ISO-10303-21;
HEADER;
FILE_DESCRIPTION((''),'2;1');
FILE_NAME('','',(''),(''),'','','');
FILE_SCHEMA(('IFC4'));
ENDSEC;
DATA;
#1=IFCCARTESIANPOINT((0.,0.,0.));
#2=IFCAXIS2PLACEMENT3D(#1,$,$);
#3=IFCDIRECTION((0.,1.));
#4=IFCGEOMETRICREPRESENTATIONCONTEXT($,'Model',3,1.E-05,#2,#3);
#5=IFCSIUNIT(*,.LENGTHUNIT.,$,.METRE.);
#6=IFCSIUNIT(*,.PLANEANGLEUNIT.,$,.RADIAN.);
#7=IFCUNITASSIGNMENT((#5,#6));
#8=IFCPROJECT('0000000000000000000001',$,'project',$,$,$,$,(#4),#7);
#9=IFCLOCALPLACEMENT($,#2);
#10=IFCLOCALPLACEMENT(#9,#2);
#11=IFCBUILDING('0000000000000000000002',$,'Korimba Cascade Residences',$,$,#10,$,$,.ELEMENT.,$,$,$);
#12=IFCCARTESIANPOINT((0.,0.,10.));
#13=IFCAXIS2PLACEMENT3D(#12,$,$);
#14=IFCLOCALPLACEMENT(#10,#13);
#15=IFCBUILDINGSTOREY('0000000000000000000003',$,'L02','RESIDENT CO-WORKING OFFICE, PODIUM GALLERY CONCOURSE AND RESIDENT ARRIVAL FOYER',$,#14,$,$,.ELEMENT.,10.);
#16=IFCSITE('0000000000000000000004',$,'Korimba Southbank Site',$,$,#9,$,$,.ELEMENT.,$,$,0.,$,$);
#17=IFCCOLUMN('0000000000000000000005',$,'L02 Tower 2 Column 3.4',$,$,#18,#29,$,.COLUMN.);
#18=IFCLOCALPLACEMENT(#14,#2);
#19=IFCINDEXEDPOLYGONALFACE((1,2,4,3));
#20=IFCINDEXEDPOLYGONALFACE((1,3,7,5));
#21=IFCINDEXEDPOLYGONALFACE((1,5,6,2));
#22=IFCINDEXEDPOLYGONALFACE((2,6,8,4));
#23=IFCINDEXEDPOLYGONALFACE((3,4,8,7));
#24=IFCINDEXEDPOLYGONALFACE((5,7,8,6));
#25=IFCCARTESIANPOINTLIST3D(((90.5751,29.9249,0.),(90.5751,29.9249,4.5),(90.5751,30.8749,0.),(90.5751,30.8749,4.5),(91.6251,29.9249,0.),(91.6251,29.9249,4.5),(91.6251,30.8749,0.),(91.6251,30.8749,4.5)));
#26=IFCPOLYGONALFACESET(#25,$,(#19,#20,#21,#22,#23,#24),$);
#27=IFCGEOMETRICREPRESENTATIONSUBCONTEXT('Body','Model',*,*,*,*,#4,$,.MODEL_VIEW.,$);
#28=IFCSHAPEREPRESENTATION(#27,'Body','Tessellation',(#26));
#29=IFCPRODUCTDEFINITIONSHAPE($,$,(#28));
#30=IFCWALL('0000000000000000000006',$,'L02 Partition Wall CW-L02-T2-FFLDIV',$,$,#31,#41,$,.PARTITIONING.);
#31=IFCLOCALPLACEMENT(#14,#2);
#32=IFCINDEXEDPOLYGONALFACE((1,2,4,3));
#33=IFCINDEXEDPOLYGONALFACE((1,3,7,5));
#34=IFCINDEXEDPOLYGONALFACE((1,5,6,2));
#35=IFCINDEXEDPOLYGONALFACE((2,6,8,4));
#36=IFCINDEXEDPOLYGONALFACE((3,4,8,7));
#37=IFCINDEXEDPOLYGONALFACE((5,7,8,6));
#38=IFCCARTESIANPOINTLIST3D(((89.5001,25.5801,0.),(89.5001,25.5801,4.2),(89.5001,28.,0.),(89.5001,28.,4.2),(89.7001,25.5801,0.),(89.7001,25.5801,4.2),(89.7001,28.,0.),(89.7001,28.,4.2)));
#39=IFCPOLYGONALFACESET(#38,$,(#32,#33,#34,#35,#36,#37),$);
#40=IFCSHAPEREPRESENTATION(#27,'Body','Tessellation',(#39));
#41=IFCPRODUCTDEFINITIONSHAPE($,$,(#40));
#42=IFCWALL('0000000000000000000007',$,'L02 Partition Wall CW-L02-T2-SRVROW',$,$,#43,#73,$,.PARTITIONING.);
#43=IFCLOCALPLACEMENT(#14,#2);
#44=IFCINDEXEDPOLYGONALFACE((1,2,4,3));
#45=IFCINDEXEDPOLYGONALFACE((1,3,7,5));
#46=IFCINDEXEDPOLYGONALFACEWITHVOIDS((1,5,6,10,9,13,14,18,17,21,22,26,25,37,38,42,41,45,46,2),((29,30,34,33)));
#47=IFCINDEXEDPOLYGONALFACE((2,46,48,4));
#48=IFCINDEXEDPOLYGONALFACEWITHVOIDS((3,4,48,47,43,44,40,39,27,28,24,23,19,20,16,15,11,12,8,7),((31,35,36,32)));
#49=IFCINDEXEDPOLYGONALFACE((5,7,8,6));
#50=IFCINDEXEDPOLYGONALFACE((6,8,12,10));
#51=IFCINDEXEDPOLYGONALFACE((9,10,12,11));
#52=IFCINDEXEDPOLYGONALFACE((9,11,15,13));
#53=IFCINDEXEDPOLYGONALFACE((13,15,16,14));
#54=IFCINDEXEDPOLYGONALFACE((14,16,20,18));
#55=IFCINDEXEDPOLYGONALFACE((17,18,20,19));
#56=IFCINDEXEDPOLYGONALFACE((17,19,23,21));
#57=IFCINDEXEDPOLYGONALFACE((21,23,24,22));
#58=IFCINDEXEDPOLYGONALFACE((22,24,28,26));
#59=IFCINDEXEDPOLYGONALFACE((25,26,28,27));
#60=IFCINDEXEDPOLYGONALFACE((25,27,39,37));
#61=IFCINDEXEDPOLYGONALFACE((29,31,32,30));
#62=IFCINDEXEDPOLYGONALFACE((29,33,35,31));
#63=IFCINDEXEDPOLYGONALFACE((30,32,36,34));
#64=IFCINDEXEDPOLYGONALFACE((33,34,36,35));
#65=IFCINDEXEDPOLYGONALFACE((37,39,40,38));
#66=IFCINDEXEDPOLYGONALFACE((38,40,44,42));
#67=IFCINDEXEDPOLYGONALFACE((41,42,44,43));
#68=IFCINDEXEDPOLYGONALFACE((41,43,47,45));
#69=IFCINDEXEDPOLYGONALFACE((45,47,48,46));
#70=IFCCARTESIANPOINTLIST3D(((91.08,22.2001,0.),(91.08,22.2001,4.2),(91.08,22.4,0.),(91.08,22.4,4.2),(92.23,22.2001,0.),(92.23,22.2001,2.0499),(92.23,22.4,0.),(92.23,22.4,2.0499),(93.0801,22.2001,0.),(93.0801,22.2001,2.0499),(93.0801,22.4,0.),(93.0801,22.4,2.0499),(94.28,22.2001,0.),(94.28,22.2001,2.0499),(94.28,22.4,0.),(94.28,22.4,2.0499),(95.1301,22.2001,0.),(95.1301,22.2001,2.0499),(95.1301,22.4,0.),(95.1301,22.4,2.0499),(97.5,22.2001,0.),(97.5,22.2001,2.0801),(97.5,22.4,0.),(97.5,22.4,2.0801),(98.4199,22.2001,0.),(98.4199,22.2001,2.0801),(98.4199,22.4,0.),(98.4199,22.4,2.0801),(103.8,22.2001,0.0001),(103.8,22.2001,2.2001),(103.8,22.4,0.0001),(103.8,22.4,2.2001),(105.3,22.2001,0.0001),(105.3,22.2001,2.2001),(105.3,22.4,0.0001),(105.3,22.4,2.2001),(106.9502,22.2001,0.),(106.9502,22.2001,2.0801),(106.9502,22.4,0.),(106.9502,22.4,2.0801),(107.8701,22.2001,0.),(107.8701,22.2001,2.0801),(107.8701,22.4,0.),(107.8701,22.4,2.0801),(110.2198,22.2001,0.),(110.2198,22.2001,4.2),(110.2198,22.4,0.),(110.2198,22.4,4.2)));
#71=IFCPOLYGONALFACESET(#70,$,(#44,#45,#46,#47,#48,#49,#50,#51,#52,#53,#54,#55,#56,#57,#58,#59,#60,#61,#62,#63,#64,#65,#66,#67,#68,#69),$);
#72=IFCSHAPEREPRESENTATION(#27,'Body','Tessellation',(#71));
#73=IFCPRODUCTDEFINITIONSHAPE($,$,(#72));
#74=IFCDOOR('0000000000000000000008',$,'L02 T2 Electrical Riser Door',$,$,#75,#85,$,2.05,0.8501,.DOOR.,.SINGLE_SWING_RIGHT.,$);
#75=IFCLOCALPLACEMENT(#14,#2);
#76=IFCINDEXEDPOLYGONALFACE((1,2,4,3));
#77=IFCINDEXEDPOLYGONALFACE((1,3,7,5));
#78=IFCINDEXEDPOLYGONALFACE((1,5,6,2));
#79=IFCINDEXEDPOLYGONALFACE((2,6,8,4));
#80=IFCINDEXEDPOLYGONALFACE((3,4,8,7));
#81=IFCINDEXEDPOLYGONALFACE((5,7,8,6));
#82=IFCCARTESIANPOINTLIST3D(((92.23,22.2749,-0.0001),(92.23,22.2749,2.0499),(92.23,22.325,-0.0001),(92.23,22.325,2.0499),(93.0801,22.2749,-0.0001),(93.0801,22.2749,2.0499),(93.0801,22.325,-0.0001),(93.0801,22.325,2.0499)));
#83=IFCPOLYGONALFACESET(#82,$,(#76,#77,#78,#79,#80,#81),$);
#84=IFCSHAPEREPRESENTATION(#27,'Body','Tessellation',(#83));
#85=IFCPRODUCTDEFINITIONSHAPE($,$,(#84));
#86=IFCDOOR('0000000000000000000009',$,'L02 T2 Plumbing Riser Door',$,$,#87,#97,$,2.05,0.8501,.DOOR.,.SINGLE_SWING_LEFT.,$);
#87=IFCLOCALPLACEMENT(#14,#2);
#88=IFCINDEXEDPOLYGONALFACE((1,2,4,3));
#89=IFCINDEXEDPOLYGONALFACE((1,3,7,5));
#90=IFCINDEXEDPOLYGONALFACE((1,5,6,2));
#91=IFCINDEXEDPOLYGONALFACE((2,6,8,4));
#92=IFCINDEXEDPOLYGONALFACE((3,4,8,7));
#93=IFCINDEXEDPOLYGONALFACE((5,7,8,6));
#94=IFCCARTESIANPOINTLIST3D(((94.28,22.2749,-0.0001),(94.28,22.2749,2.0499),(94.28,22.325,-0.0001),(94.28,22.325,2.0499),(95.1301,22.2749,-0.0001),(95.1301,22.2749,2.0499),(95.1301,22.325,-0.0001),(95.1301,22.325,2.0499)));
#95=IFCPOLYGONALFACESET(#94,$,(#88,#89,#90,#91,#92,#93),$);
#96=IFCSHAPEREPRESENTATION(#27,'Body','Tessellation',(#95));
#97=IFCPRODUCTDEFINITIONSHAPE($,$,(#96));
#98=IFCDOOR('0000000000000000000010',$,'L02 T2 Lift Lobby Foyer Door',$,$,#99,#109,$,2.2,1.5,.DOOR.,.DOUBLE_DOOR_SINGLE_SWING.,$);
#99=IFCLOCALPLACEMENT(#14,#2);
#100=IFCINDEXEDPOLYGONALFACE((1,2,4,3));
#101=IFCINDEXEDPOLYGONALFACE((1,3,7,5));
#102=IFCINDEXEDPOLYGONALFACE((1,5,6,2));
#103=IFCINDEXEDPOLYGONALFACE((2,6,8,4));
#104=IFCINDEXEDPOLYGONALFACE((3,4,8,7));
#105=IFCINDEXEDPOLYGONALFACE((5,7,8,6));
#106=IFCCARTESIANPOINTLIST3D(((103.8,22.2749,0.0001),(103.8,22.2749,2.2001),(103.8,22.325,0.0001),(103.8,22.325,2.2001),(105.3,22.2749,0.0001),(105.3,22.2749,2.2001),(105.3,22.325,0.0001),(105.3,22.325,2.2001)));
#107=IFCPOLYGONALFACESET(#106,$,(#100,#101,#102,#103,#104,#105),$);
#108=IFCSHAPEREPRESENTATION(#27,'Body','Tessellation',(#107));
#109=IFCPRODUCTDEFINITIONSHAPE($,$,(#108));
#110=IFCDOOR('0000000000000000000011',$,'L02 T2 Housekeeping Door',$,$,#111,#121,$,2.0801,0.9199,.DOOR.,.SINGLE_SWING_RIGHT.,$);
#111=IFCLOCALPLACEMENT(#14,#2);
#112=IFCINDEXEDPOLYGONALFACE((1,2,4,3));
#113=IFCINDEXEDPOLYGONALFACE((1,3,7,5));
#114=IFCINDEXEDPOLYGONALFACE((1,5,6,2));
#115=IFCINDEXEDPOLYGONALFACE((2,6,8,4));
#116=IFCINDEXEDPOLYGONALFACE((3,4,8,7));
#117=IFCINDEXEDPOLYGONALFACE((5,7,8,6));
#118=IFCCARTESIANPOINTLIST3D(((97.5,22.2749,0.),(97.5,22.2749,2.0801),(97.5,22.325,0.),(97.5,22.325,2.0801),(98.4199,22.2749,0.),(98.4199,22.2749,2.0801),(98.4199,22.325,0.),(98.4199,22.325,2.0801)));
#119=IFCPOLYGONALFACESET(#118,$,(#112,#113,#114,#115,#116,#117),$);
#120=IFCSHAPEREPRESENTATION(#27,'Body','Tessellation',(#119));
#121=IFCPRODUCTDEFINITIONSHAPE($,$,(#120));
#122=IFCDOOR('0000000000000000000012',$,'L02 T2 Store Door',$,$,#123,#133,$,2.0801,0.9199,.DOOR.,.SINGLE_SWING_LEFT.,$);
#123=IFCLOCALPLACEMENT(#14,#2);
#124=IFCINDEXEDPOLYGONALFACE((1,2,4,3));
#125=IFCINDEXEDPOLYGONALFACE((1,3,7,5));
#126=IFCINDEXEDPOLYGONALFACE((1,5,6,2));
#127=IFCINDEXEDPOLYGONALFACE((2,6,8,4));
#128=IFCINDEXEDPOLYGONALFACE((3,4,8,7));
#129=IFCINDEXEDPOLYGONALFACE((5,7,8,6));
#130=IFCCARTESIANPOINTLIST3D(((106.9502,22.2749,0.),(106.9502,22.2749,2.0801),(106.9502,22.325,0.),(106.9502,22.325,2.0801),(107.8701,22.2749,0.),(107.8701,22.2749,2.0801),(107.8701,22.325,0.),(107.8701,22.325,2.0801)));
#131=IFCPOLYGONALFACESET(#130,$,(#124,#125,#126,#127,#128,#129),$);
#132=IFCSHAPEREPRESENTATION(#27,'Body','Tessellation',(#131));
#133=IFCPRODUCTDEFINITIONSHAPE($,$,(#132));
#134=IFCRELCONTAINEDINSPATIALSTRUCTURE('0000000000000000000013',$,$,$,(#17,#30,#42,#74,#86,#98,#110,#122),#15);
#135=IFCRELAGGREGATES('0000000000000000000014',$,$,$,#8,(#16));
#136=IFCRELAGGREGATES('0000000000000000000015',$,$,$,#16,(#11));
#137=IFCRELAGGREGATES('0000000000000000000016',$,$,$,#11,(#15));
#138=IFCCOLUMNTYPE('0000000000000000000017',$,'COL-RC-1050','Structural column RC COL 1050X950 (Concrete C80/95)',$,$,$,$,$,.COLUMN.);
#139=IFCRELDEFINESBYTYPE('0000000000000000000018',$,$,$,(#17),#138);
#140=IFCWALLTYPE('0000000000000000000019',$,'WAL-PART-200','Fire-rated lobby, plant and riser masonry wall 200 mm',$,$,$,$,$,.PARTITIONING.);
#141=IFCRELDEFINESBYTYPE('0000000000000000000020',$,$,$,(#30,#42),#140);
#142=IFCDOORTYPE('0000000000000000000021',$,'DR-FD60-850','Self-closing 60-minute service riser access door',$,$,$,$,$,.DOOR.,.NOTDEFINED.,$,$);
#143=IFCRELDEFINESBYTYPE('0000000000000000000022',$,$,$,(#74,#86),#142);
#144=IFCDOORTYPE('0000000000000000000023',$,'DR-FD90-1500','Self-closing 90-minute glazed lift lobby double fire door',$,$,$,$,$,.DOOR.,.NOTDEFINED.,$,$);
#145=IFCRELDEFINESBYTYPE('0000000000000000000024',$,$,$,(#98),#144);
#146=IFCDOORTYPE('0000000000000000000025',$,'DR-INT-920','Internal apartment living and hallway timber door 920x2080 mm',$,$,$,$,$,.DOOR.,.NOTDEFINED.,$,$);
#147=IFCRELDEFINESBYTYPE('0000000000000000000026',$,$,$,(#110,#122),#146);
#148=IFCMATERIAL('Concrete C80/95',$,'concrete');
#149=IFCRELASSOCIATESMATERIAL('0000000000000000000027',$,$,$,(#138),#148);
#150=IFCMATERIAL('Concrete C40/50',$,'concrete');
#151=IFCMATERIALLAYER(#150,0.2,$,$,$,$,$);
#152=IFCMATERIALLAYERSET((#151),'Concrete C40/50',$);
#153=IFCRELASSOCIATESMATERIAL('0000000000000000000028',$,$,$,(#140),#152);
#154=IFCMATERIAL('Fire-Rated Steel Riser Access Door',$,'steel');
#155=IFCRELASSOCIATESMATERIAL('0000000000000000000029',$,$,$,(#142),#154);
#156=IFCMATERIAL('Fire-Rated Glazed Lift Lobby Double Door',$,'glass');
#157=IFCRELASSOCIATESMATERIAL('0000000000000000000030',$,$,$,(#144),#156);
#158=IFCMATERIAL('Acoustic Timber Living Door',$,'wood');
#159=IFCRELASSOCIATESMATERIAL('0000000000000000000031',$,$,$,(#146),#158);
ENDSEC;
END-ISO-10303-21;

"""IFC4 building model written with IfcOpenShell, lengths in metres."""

from ifc_helpers import new_model, si_unit, direction, frame, frame_2d, origin, origin_2d, place, context, subcontext, project, spatial, rectangle, extrude, material, layer, layer_set, material_profile, profile_set, type_object, element, fill, save


model = new_model("IFC4")

# Units and contexts
model_context = context("Model", 3, precision=1e-05, world=origin(), true_north=direction((0.0, 1.0)))
body_context = subcontext(model_context, "Body", "Model", "MODEL_VIEW")
ifc_project = project(units=[si_unit("LENGTHUNIT", "METRE"), si_unit("PLANEANGLEUNIT", "RADIAN")], contexts=[model_context])

# Site, building, storey
site_placement = place(None, origin())
site = spatial("IfcSite", under=ifc_project, at=site_placement, Name="Korimba Southbank Site", CompositionType="ELEMENT", RefElevation=0.0)
building_placement = place(site_placement, origin())
building = spatial("IfcBuilding", under=site, at=building_placement, Name="Korimba Cascade Residences", CompositionType="ELEMENT")
storey_placement = place(building_placement, frame((0.0, 0.0, 10.0)))
storey = spatial("IfcBuildingStorey", under=building, at=storey_placement, Name="L02", Description="RESIDENT CO-WORKING OFFICE, PODIUM GALLERY CONCOURSE AND RESIDENT ARRIVAL FOYER", CompositionType="ELEMENT", Elevation=10.0)

# Column
ifc_material_1 = material(Name="Concrete C80/95", Category="concrete")
ifc_material_profile = material_profile(ifc_material_1, rectangle(XDim=1.05, YDim=0.95, at=origin_2d()), Name="Concrete C80/95")
ifc_profile_set = profile_set([ifc_material_profile], Name="Concrete C80/95")
column_type = type_object("IfcColumnType", Name="COL-RC-1050", Description="Structural column RC COL 1050X950 (Concrete C80/95)", PredefinedType="COLUMN", material=ifc_profile_set)
column_placement = place(storey_placement, frame((91.1001, 30.3999, 0.0), z_axis=(0.0, 0.0, 1.0), x_axis=(1.0, 0.0, 0.0)))
element("IfcColumn", 1, at=column_placement, inside=storey, type_object=column_type, Name="L02 Tower 2 Column 3.4", PredefinedType="COLUMN", context=body_context, shape_type="SweptSolid", body=[
    extrude(rectangle(XDim=1.05, YDim=0.95, at=origin_2d()), origin(), (0.0, 0.0, 1.0), 4.5),
])

# Wall
ifc_material_2 = material(Name="Concrete C40/50", Category="concrete")
ifc_layer_1 = layer(ifc_material_2, 0.2)
ifc_layer_set_1 = layer_set([ifc_layer_1], Name="Concrete C40/50")
wall_type_1 = type_object("IfcWallType", Name="WAL-PART-200", Description="Fire-rated lobby, plant and riser masonry wall 200 mm", PredefinedType="PARTITIONING", material=ifc_layer_set_1)
wall_1_placement = place(storey_placement, frame((89.6001, 25.5801, 0.0), z_axis=(0.0, 0.0, 1.0), x_axis=(0.0, 1.0, 0.0)))
element("IfcWall", 2, at=wall_1_placement, inside=storey, type_object=wall_type_1, Name="L02 Partition Wall CW-L02-T2-FFLDIV", PredefinedType="PARTITIONING", context=body_context, shape_type="SweptSolid", body=[
    extrude(rectangle(XDim=2.4199, YDim=0.2, at=frame_2d((1.21, 0.0))), origin(), (0.0, 0.0, 1.0), 4.2),
])

# Wall, openings, doors
wall_2_placement = place(storey_placement, frame((91.0801, 22.3, 0.0), z_axis=(0.0, 0.0, 1.0), x_axis=(1.0, 0.0, 0.0)))
wall_2 = element("IfcWall", 3, at=wall_2_placement, inside=storey, type_object=wall_type_1, Name="L02 Partition Wall CW-L02-T2-SRVROW", PredefinedType="PARTITIONING", context=body_context, shape_type="SweptSolid", body=[
    extrude(rectangle(XDim=19.1399, YDim=0.2, at=frame_2d((9.5698, 0.0))), origin(), (0.0, 0.0, 1.0), 4.2),
])
opening_1_placement = place(wall_2_placement, frame((1.1499, 0.0, 0.0)))
opening_1 = element("IfcOpeningElement", 4, at=opening_1_placement, cuts=wall_2, PredefinedType="OPENING", context=body_context, shape_type="SweptSolid", body=[
    extrude(rectangle(XDim=0.8501, YDim=2.05, at=frame_2d((0.425, 1.0249))), frame((0.0, 0.1099, 0.0), z_axis=(0.0, -1.0, 0.0), x_axis=(1.0, 0.0, 0.0)), (0.0, 0.0, 1.0), 0.22),
])
opening_2_placement = place(wall_2_placement, frame((3.2, 0.0, 0.0)))
opening_2 = element("IfcOpeningElement", 5, at=opening_2_placement, cuts=wall_2, PredefinedType="OPENING", context=body_context, shape_type="SweptSolid", body=[
    extrude(rectangle(XDim=0.8501, YDim=2.05, at=frame_2d((0.425, 1.0249))), frame((0.0, 0.1099, 0.0), z_axis=(0.0, -1.0, 0.0), x_axis=(1.0, 0.0, 0.0)), (0.0, 0.0, 1.0), 0.22),
])
opening_3_placement = place(wall_2_placement, frame((12.72, 0.0, 0.0)))
opening_3 = element("IfcOpeningElement", 6, at=opening_3_placement, cuts=wall_2, PredefinedType="OPENING", context=body_context, shape_type="SweptSolid", body=[
    extrude(rectangle(XDim=1.5, YDim=2.2, at=frame_2d((0.75, 1.1001))), frame((0.0, 0.1099, 0.0), z_axis=(0.0, -1.0, 0.0), x_axis=(1.0, 0.0, 0.0)), (0.0, 0.0, 1.0), 0.22),
])
opening_4_placement = place(wall_2_placement, frame((6.4199, 0.0, 0.0)))
opening_4 = element("IfcOpeningElement", 7, at=opening_4_placement, cuts=wall_2, PredefinedType="OPENING", context=body_context, shape_type="SweptSolid", body=[
    extrude(rectangle(XDim=0.9199, YDim=2.0801, at=frame_2d((0.46, 1.04))), frame((0.0, 0.1099, 0.0), z_axis=(0.0, -1.0, 0.0), x_axis=(1.0, 0.0, 0.0)), (0.0, 0.0, 1.0), 0.22),
])
opening_5_placement = place(wall_2_placement, frame((15.8701, 0.0, 0.0)))
opening_5 = element("IfcOpeningElement", 8, at=opening_5_placement, cuts=wall_2, PredefinedType="OPENING", context=body_context, shape_type="SweptSolid", body=[
    extrude(rectangle(XDim=0.9199, YDim=2.0801, at=frame_2d((0.46, 1.04))), frame((0.0, 0.1099, 0.0), z_axis=(0.0, -1.0, 0.0), x_axis=(1.0, 0.0, 0.0)), (0.0, 0.0, 1.0), 0.22),
])
ifc_material_3 = material(Name="Fire-Rated Steel Riser Access Door", Category="steel")
door_type_1 = type_object("IfcDoorType", Name="DR-FD60-850", Description="Self-closing 60-minute service riser access door", OperationType="NOTDEFINED", PredefinedType="DOOR", material=ifc_material_3)
door_1_placement = place(opening_1_placement, origin())
door_1 = element("IfcDoor", 9, at=door_1_placement, inside=storey, type_object=door_type_1, Name="L02 T2 Electrical Riser Door", OperationType="SINGLE_SWING_RIGHT", OverallHeight=2.05, OverallWidth=0.8501, PredefinedType="DOOR", context=body_context, shape_type="SweptSolid", body=[
    extrude(rectangle(XDim=0.8501, YDim=2.05, at=frame_2d((0.425, 1.0249))), frame((0.0, 0.0249, 0.0), z_axis=(0.0, -1.0, 0.0), x_axis=(1.0, 0.0, 0.0)), (0.0, 0.0, 1.0), 0.05),
])
fill(opening_1, door_1)
door_2_placement = place(opening_2_placement, origin())
door_2 = element("IfcDoor", 10, at=door_2_placement, inside=storey, type_object=door_type_1, Name="L02 T2 Plumbing Riser Door", OperationType="SINGLE_SWING_LEFT", OverallHeight=2.05, OverallWidth=0.8501, PredefinedType="DOOR", context=body_context, shape_type="SweptSolid", body=[
    extrude(rectangle(XDim=0.8501, YDim=2.05, at=frame_2d((0.425, 1.0249))), frame((0.0, 0.0249, 0.0), z_axis=(0.0, -1.0, 0.0), x_axis=(1.0, 0.0, 0.0)), (0.0, 0.0, 1.0), 0.05),
])
fill(opening_2, door_2)
ifc_material_4 = material(Name="Fire-Rated Glazed Lift Lobby Double Door", Category="glass")
door_type_2 = type_object("IfcDoorType", Name="DR-FD90-1500", Description="Self-closing 90-minute glazed lift lobby double fire door", OperationType="NOTDEFINED", PredefinedType="DOOR", material=ifc_material_4)
door_3_placement = place(opening_3_placement, origin())
door_3 = element("IfcDoor", 11, at=door_3_placement, inside=storey, type_object=door_type_2, Name="L02 T2 Lift Lobby Foyer Door", OperationType="DOUBLE_DOOR_SINGLE_SWING", OverallHeight=2.2, OverallWidth=1.5, PredefinedType="DOOR", context=body_context, shape_type="SweptSolid", body=[
    extrude(rectangle(XDim=1.5, YDim=2.2, at=frame_2d((0.75, 1.1001))), frame((0.0, 0.0249, 0.0), z_axis=(0.0, -1.0, 0.0), x_axis=(1.0, 0.0, 0.0)), (0.0, 0.0, 1.0), 0.05),
])
fill(opening_3, door_3)
ifc_material_5 = material(Name="Acoustic Timber Living Door", Category="wood")
door_type_3 = type_object("IfcDoorType", Name="DR-INT-920", Description="Internal apartment living and hallway timber door 920x2080 mm", OperationType="NOTDEFINED", PredefinedType="DOOR", material=ifc_material_5)
door_4_placement = place(opening_4_placement, origin())
door_4 = element("IfcDoor", 12, at=door_4_placement, inside=storey, type_object=door_type_3, Name="L02 T2 Housekeeping Door", OperationType="SINGLE_SWING_RIGHT", OverallHeight=2.0801, OverallWidth=0.9199, PredefinedType="DOOR", context=body_context, shape_type="SweptSolid", body=[
    extrude(rectangle(XDim=0.9199, YDim=2.0801, at=frame_2d((0.46, 1.04))), frame((0.0, 0.0249, 0.0), z_axis=(0.0, -1.0, 0.0), x_axis=(1.0, 0.0, 0.0)), (0.0, 0.0, 1.0), 0.05),
])
fill(opening_4, door_4)
door_5_placement = place(opening_5_placement, origin())
door_5 = element("IfcDoor", 13, at=door_5_placement, inside=storey, type_object=door_type_3, Name="L02 T2 Store Door", OperationType="SINGLE_SWING_LEFT", OverallHeight=2.0801, OverallWidth=0.9199, PredefinedType="DOOR", context=body_context, shape_type="SweptSolid", body=[
    extrude(rectangle(XDim=0.9199, YDim=2.0801, at=frame_2d((0.46, 1.04))), frame((0.0, 0.0249, 0.0), z_axis=(0.0, -1.0, 0.0), x_axis=(1.0, 0.0, 0.0)), (0.0, 0.0, 1.0), 0.05),
])
fill(opening_5, door_5)

save(model, "model.ifc")
